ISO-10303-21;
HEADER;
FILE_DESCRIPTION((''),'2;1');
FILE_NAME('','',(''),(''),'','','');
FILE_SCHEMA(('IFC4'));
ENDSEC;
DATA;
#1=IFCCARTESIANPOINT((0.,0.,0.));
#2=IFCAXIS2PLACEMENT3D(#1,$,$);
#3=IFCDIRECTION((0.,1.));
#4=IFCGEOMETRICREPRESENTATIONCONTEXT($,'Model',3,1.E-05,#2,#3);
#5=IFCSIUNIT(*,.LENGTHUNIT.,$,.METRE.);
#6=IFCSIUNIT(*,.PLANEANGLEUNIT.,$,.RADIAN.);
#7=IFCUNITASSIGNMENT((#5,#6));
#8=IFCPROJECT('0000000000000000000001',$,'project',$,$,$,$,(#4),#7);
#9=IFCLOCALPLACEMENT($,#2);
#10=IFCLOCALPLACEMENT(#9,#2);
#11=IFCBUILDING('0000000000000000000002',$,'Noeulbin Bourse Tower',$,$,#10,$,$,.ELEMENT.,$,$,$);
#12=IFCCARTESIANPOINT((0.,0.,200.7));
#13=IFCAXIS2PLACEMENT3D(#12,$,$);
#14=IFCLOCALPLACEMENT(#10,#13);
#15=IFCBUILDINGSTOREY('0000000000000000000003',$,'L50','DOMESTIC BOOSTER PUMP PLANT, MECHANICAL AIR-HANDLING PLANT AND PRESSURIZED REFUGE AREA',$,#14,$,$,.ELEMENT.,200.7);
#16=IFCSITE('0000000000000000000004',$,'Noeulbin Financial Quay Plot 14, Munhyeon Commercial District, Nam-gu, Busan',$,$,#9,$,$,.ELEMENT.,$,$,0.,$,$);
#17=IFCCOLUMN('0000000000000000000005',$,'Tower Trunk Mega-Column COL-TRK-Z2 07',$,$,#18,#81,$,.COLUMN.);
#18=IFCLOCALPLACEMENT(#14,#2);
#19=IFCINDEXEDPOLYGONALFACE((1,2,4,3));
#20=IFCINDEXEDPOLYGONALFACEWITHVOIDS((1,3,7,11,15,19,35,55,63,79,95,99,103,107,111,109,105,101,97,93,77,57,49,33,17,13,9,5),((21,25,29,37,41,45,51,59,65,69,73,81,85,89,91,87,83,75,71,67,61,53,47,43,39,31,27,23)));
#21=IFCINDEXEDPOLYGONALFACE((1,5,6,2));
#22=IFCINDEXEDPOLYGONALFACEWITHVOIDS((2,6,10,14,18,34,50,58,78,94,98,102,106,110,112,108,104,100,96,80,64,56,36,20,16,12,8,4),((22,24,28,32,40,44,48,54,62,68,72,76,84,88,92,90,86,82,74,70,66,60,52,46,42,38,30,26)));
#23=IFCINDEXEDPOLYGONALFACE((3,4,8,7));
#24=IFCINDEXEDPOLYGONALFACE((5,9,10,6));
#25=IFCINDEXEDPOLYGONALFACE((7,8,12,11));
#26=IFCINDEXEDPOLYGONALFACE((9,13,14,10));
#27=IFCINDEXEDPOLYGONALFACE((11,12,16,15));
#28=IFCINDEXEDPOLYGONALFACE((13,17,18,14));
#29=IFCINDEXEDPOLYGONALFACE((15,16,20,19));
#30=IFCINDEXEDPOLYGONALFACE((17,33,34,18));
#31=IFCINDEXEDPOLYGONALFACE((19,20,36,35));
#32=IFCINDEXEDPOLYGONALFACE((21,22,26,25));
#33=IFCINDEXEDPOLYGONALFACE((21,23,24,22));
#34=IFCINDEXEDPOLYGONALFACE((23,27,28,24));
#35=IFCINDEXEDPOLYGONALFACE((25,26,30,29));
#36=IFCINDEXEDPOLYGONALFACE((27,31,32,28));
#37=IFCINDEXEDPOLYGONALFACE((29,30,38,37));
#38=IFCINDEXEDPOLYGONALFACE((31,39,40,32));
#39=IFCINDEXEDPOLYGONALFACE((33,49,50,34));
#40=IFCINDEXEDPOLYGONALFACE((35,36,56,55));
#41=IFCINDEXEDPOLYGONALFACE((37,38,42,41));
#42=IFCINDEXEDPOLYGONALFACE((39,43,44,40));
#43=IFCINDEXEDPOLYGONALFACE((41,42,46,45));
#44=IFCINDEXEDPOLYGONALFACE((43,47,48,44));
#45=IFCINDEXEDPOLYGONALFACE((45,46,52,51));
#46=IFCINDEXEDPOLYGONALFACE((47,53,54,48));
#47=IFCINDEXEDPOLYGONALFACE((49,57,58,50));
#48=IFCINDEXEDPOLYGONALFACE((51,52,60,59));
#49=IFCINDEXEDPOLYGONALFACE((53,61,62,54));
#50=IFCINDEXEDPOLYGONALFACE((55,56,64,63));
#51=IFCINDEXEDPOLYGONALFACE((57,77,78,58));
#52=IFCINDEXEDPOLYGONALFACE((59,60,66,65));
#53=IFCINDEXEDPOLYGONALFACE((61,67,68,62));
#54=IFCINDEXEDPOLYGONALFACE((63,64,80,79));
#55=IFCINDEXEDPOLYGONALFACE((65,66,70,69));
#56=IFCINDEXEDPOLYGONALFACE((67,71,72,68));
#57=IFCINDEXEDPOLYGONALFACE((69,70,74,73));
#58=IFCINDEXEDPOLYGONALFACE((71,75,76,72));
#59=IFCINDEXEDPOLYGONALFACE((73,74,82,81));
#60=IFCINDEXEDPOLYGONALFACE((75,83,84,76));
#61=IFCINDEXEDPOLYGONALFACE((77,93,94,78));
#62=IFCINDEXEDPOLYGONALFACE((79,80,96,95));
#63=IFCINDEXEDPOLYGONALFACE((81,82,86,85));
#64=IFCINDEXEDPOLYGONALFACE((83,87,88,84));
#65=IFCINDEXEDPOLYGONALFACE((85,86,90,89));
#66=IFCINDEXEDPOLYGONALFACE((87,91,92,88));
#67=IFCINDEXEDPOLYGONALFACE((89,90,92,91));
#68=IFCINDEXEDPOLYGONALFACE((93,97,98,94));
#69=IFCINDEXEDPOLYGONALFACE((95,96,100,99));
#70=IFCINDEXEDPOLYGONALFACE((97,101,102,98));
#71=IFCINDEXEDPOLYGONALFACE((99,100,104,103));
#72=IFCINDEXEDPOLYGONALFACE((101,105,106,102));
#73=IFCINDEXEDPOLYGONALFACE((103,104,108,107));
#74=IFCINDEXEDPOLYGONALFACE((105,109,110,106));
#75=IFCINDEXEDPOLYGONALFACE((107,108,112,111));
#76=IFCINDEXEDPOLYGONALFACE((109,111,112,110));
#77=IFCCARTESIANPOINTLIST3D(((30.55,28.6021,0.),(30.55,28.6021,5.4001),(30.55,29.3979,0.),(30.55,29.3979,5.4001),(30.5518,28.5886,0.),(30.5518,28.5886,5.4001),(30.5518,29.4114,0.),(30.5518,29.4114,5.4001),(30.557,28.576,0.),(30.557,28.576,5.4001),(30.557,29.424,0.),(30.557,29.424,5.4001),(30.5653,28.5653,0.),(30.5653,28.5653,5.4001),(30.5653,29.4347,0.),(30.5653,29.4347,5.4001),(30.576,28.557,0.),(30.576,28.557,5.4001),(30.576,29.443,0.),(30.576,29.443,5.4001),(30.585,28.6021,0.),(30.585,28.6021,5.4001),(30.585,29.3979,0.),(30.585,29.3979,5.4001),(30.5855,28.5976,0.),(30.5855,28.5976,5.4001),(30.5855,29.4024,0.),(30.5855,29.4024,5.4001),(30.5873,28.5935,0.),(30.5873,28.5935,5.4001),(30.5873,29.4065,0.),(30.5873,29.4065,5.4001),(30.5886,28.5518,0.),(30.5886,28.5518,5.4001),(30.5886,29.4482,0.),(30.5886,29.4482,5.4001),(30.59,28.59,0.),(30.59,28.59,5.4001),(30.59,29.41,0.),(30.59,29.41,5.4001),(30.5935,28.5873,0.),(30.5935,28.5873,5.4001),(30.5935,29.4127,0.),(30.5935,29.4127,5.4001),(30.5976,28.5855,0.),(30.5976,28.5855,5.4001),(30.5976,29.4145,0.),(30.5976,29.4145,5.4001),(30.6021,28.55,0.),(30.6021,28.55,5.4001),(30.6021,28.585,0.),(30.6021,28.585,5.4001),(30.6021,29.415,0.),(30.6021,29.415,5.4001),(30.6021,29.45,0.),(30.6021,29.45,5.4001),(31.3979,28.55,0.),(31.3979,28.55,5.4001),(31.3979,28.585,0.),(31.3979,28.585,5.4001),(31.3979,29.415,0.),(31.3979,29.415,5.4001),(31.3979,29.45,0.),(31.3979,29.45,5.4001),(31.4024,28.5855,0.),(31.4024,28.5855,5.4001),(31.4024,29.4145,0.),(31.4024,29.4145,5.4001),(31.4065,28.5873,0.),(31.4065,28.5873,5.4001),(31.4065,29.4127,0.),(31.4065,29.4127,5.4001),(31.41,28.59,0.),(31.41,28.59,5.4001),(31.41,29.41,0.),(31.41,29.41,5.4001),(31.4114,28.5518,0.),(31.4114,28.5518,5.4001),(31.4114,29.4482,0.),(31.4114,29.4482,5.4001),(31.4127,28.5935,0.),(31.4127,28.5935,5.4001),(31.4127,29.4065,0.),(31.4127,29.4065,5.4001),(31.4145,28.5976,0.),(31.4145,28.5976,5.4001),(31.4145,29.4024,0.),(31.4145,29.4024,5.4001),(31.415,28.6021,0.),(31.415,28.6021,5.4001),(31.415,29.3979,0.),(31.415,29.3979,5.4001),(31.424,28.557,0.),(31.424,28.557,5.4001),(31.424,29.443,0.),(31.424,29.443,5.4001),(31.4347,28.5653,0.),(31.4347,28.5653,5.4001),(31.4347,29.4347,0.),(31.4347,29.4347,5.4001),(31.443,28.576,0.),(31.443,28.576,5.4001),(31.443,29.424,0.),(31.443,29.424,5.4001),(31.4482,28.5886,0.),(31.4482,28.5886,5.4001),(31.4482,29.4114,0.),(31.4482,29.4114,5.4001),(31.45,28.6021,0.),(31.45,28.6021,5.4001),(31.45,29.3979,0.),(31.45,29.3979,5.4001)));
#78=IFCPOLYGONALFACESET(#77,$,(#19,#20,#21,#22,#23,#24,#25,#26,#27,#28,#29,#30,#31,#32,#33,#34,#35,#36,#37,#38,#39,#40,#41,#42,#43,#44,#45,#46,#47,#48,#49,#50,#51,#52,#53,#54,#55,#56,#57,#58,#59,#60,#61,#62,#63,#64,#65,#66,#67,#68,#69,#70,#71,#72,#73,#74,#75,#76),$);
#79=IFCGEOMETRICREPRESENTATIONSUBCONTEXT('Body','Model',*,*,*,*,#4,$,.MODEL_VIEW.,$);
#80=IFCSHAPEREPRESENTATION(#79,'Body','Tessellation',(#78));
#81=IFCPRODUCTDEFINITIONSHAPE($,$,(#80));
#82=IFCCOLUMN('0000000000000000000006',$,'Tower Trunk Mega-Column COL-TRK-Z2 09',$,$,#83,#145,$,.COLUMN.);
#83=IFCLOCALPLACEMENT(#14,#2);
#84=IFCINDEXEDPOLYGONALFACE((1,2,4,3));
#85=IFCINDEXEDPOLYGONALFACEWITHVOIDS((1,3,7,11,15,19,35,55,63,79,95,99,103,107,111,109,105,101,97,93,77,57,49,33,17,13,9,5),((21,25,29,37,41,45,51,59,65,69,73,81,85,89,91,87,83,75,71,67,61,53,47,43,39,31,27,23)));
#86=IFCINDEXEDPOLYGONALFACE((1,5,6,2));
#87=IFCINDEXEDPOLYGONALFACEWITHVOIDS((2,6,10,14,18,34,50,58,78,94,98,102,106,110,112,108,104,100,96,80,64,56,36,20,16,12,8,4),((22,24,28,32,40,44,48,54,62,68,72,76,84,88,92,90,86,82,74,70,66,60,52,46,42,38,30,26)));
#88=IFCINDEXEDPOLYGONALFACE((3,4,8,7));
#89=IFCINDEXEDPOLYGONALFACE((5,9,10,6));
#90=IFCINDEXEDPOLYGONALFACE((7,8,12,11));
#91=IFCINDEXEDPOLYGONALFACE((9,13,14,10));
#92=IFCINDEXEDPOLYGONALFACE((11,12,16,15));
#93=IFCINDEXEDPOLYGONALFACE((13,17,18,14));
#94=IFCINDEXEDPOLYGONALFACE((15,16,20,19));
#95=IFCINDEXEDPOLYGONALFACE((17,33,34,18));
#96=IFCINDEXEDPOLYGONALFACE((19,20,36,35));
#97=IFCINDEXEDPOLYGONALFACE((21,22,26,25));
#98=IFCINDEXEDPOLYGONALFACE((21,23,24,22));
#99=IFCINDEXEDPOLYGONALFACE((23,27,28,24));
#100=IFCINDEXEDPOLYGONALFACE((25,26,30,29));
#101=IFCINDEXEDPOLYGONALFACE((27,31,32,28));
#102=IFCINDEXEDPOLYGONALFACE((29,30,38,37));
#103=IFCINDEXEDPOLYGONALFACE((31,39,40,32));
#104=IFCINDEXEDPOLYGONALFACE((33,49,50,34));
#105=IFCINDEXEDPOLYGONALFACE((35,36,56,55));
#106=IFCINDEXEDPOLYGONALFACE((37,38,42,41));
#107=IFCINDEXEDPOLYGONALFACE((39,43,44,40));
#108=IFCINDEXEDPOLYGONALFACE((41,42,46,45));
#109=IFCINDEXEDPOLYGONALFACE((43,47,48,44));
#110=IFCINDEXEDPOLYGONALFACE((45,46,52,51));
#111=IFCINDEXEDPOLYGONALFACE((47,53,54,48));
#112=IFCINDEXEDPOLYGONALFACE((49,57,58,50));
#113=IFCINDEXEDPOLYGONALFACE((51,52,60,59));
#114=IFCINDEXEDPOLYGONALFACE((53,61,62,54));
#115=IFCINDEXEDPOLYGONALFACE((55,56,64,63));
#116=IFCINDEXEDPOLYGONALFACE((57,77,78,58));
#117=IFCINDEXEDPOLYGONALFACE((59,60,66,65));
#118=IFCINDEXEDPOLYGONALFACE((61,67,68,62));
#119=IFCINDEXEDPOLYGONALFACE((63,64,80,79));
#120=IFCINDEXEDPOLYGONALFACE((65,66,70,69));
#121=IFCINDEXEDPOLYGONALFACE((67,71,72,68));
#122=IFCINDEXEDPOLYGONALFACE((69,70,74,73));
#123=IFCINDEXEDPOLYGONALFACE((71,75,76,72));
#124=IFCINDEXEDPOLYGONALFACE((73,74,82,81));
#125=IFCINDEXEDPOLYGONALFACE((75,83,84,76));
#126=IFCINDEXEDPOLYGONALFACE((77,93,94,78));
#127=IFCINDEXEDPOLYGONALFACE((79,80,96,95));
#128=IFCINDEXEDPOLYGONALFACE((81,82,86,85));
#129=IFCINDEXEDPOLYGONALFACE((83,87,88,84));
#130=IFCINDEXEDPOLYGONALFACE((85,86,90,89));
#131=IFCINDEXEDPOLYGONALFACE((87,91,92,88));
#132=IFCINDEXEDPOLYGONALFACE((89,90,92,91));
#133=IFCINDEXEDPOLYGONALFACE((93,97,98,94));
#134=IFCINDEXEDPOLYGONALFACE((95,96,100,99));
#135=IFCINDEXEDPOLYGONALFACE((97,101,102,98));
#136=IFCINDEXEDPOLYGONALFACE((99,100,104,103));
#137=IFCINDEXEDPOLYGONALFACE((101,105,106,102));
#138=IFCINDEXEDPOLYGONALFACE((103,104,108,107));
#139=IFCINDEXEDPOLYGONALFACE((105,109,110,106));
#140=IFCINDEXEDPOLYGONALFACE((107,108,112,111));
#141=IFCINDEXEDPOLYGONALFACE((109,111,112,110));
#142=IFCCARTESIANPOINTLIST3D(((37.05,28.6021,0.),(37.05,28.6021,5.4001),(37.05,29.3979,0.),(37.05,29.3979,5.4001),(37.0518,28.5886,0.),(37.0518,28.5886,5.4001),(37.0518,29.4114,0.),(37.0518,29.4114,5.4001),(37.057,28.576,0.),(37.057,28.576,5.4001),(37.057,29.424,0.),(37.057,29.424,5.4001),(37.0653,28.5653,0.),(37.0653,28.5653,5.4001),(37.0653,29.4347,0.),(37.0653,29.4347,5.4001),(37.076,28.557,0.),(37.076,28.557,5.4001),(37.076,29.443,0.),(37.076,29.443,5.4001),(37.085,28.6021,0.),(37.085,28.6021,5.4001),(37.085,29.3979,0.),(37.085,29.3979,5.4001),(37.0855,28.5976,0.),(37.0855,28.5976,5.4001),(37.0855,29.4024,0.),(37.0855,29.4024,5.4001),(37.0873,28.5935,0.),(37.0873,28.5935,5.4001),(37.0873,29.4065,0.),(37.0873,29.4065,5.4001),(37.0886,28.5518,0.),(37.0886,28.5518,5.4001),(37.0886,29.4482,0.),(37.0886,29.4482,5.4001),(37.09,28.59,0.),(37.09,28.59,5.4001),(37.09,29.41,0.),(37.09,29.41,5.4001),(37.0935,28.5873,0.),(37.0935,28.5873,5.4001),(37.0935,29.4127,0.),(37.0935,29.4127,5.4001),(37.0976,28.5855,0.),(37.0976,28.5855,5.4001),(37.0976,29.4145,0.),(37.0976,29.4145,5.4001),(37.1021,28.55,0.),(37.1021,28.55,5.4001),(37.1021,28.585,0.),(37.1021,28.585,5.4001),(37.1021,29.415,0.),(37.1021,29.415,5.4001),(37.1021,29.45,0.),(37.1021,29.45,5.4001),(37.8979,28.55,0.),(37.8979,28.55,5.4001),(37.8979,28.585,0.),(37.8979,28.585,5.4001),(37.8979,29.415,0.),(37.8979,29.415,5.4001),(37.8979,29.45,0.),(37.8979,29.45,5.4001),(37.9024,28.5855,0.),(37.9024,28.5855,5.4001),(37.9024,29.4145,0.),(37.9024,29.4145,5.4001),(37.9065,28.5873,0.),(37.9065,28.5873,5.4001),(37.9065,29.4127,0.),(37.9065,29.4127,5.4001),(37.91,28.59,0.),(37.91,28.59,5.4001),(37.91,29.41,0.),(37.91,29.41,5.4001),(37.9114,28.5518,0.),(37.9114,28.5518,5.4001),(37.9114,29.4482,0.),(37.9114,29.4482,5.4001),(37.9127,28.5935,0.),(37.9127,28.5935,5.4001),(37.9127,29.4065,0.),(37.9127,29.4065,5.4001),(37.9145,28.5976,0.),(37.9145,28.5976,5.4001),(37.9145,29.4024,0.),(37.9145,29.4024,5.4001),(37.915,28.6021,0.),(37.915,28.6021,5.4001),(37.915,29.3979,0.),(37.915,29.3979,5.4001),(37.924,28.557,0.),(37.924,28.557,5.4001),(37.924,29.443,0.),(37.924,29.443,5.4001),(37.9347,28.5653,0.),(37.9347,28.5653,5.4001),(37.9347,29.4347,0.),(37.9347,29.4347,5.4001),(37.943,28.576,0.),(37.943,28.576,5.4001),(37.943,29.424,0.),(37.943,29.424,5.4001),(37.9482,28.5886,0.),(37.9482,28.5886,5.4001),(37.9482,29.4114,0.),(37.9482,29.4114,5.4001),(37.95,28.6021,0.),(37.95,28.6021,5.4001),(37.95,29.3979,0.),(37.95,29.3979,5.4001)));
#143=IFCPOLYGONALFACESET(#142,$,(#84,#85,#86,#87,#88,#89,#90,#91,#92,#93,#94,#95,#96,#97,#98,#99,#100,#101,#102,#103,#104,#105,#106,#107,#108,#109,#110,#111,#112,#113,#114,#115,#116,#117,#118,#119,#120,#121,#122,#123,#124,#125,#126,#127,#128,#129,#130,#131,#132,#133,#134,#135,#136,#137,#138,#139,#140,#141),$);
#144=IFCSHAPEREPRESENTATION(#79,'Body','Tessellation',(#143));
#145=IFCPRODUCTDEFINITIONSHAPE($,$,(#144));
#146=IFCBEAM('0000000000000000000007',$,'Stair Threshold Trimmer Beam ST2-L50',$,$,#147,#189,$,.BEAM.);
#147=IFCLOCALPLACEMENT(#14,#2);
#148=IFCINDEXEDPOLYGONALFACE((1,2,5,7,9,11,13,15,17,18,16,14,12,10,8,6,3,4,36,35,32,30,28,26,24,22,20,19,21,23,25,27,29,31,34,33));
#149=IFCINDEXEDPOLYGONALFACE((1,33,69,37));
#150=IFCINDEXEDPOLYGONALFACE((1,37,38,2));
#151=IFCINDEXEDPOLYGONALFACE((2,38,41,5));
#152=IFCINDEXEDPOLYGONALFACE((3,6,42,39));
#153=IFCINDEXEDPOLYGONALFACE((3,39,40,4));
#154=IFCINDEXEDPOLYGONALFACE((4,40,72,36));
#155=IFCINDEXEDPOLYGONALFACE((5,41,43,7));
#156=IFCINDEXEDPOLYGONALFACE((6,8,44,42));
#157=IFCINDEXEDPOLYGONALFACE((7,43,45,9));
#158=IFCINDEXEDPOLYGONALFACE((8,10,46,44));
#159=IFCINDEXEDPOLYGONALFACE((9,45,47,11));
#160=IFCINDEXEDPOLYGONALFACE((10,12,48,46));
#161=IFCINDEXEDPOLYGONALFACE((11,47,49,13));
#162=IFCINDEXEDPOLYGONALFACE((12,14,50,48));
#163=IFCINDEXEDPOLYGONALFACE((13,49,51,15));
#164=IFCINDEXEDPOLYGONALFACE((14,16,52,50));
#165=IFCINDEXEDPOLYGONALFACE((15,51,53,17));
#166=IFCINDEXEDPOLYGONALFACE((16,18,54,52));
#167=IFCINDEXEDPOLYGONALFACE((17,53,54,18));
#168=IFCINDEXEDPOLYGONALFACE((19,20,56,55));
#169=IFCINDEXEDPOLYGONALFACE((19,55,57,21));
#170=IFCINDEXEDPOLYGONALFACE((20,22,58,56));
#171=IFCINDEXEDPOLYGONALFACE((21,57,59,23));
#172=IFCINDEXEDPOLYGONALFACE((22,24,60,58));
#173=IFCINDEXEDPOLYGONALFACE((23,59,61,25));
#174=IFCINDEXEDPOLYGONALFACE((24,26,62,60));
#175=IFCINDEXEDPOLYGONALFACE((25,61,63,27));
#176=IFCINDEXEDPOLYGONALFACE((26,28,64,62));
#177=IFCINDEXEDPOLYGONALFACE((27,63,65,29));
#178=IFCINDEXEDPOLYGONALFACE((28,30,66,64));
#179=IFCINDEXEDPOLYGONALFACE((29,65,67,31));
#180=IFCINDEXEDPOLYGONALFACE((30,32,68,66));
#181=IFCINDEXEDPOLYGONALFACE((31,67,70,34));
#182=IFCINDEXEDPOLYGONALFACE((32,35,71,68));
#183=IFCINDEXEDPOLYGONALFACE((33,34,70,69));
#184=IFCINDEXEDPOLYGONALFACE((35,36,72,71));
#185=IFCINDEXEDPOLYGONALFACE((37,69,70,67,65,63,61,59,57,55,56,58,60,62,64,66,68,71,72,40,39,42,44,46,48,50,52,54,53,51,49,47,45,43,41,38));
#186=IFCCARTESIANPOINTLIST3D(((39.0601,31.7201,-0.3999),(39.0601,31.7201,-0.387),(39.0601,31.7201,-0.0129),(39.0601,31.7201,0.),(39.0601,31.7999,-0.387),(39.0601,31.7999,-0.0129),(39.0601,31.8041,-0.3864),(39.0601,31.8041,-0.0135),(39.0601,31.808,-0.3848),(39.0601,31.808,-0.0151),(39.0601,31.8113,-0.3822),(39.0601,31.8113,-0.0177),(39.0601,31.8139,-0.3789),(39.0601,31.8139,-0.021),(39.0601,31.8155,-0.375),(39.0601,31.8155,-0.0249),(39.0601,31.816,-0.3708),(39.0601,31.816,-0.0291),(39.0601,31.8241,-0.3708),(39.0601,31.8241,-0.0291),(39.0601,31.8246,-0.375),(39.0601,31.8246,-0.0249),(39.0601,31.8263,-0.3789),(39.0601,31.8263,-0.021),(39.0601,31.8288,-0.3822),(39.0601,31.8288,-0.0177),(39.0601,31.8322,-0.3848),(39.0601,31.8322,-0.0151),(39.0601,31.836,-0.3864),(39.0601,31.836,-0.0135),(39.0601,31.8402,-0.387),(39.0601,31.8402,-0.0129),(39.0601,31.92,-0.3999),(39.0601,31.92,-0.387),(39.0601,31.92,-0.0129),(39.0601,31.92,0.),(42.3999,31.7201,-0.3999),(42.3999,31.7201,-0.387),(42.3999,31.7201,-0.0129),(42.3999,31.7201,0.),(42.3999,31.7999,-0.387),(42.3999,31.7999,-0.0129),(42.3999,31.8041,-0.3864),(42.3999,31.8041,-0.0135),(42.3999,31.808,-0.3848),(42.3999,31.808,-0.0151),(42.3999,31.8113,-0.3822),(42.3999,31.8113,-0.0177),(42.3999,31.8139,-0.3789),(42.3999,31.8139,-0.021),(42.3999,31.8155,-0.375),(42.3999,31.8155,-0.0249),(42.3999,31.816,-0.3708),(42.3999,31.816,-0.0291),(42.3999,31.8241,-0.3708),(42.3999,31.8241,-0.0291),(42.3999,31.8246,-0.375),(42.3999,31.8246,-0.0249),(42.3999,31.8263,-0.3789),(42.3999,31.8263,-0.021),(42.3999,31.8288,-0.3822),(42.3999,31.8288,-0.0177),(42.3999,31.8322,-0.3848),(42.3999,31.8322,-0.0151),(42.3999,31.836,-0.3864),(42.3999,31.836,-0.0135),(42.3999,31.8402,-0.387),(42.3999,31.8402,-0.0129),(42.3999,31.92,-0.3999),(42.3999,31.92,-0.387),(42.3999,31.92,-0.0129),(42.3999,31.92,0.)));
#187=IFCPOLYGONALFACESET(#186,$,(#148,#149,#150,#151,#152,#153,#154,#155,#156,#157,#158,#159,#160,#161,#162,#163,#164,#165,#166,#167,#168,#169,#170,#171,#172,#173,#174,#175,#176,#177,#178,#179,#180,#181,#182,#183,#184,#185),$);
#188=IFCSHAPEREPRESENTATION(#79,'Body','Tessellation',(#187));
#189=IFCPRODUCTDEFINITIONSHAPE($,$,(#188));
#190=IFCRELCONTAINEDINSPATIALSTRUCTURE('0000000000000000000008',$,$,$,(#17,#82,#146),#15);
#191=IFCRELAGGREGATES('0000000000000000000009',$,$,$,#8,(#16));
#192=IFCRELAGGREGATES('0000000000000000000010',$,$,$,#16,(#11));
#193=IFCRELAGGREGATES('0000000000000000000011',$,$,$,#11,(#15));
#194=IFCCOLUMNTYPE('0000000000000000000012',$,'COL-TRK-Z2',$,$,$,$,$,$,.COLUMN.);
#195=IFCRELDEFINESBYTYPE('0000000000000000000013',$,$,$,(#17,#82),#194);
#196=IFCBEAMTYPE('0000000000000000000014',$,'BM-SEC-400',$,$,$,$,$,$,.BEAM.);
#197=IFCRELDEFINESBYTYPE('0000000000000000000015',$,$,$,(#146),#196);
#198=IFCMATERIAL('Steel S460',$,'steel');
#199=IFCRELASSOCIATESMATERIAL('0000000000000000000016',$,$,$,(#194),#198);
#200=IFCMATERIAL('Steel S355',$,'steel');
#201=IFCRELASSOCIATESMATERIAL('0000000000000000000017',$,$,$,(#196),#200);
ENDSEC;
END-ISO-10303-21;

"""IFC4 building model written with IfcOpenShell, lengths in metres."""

from ifc_helpers import new_model, si_unit, direction, frame, origin, origin_2d, place, context, subcontext, project, spatial, hollow_rectangle, i_section, extrude, material, material_profile, profile_set, type_object, element, save


model = new_model("IFC4")

# Units and contexts
model_context = context("Model", 3, precision=1e-05, world=origin(), true_north=direction((0.0, 1.0)))
body_context = subcontext(model_context, "Body", "Model", "MODEL_VIEW")
ifc_project = project(units=[si_unit("LENGTHUNIT", "METRE"), si_unit("PLANEANGLEUNIT", "RADIAN")], contexts=[model_context])

# Site, building, storey
site_placement = place(None, origin())
site = spatial("IfcSite", under=ifc_project, at=site_placement, Name="Noeulbin Financial Quay Plot 14, Munhyeon Commercial District, Nam-gu, Busan", CompositionType="ELEMENT", RefElevation=0.0)
building_placement = place(site_placement, origin())
building = spatial("IfcBuilding", under=site, at=building_placement, Name="Noeulbin Bourse Tower", CompositionType="ELEMENT")
storey_placement = place(building_placement, frame((0.0, 0.0, 200.7)))
storey = spatial("IfcBuildingStorey", under=building, at=storey_placement, Name="L50", Description="DOMESTIC BOOSTER PUMP PLANT, MECHANICAL AIR-HANDLING PLANT AND PRESSURIZED REFUGE AREA", CompositionType="ELEMENT", Elevation=200.7)

# Columns
ifc_material_1 = material(Name="Steel S460", Category="steel")
ifc_material_profile_1 = material_profile(ifc_material_1, hollow_rectangle(XDim=0.8999, YDim=0.8999, WallThickness=0.0349, InnerFilletRadius=0.0171, OuterFilletRadius=0.052, at=origin_2d()), Name="BOX-900x900x35", Category="LoadBearing")
ifc_profile_set_1 = profile_set([ifc_material_profile_1], Name="Steel S460")
column_type = type_object("IfcColumnType", Name="COL-TRK-Z2", PredefinedType="COLUMN", material=ifc_profile_set_1)
for number, where, z_axis, x_axis, name in (
    (1, (31.0, 29.0, 0.0), (0.0, 0.0, 1.0), (1.0, 0.0, 0.0), "Tower Trunk Mega-Column COL-TRK-Z2 07"),
    (2, (37.5, 29.0, 0.0), (0.0, 0.0, 1.0), (1.0, 0.0, 0.0), "Tower Trunk Mega-Column COL-TRK-Z2 09"),
):
    element("IfcColumn", number, at=place(storey_placement, frame(where, z_axis=z_axis, x_axis=x_axis)), inside=storey, type_object=column_type, Name=name, PredefinedType="COLUMN", context=body_context, shape_type="SweptSolid", body=[
        extrude(hollow_rectangle(XDim=0.8999, YDim=0.8999, WallThickness=0.0349, InnerFilletRadius=0.0171, OuterFilletRadius=0.052, at=origin_2d()), origin(), (0.0, 0.0, 1.0), 5.4001),
    ])

# Beam
ifc_material_2 = material(Name="Steel S355", Category="steel")
ifc_material_profile_2 = material_profile(ifc_material_2, i_section(OverallWidth=0.2, OverallDepth=0.3999, WebThickness=0.0081, FlangeThickness=0.0129, FilletRadius=0.0161, at=origin_2d()), Name="H-400x200x8x13", Category="LoadBearing")
ifc_profile_set_2 = profile_set([ifc_material_profile_2], Name="Steel S355")
beam_type_1 = type_object("IfcBeamType", Name="BM-SEC-400", PredefinedType="BEAM", material=ifc_profile_set_2)
beam_placement = place(storey_placement, frame((39.0601, 31.8201, -0.2), z_axis=(1.0, 0.0, 0.0), x_axis=(0.0, 1.0, 0.0)))
element("IfcBeam", 3, at=beam_placement, inside=storey, type_object=beam_type_1, Name="Stair Threshold Trimmer Beam ST2-L50", PredefinedType="BEAM", context=body_context, shape_type="SweptSolid", body=[
    extrude(i_section(OverallWidth=0.2, OverallDepth=0.3999, WebThickness=0.0081, FlangeThickness=0.0129, FilletRadius=0.0161, at=origin_2d()), origin(), (0.0, 0.0, 1.0), 3.3398),
])

save(model, "model.ifc")
